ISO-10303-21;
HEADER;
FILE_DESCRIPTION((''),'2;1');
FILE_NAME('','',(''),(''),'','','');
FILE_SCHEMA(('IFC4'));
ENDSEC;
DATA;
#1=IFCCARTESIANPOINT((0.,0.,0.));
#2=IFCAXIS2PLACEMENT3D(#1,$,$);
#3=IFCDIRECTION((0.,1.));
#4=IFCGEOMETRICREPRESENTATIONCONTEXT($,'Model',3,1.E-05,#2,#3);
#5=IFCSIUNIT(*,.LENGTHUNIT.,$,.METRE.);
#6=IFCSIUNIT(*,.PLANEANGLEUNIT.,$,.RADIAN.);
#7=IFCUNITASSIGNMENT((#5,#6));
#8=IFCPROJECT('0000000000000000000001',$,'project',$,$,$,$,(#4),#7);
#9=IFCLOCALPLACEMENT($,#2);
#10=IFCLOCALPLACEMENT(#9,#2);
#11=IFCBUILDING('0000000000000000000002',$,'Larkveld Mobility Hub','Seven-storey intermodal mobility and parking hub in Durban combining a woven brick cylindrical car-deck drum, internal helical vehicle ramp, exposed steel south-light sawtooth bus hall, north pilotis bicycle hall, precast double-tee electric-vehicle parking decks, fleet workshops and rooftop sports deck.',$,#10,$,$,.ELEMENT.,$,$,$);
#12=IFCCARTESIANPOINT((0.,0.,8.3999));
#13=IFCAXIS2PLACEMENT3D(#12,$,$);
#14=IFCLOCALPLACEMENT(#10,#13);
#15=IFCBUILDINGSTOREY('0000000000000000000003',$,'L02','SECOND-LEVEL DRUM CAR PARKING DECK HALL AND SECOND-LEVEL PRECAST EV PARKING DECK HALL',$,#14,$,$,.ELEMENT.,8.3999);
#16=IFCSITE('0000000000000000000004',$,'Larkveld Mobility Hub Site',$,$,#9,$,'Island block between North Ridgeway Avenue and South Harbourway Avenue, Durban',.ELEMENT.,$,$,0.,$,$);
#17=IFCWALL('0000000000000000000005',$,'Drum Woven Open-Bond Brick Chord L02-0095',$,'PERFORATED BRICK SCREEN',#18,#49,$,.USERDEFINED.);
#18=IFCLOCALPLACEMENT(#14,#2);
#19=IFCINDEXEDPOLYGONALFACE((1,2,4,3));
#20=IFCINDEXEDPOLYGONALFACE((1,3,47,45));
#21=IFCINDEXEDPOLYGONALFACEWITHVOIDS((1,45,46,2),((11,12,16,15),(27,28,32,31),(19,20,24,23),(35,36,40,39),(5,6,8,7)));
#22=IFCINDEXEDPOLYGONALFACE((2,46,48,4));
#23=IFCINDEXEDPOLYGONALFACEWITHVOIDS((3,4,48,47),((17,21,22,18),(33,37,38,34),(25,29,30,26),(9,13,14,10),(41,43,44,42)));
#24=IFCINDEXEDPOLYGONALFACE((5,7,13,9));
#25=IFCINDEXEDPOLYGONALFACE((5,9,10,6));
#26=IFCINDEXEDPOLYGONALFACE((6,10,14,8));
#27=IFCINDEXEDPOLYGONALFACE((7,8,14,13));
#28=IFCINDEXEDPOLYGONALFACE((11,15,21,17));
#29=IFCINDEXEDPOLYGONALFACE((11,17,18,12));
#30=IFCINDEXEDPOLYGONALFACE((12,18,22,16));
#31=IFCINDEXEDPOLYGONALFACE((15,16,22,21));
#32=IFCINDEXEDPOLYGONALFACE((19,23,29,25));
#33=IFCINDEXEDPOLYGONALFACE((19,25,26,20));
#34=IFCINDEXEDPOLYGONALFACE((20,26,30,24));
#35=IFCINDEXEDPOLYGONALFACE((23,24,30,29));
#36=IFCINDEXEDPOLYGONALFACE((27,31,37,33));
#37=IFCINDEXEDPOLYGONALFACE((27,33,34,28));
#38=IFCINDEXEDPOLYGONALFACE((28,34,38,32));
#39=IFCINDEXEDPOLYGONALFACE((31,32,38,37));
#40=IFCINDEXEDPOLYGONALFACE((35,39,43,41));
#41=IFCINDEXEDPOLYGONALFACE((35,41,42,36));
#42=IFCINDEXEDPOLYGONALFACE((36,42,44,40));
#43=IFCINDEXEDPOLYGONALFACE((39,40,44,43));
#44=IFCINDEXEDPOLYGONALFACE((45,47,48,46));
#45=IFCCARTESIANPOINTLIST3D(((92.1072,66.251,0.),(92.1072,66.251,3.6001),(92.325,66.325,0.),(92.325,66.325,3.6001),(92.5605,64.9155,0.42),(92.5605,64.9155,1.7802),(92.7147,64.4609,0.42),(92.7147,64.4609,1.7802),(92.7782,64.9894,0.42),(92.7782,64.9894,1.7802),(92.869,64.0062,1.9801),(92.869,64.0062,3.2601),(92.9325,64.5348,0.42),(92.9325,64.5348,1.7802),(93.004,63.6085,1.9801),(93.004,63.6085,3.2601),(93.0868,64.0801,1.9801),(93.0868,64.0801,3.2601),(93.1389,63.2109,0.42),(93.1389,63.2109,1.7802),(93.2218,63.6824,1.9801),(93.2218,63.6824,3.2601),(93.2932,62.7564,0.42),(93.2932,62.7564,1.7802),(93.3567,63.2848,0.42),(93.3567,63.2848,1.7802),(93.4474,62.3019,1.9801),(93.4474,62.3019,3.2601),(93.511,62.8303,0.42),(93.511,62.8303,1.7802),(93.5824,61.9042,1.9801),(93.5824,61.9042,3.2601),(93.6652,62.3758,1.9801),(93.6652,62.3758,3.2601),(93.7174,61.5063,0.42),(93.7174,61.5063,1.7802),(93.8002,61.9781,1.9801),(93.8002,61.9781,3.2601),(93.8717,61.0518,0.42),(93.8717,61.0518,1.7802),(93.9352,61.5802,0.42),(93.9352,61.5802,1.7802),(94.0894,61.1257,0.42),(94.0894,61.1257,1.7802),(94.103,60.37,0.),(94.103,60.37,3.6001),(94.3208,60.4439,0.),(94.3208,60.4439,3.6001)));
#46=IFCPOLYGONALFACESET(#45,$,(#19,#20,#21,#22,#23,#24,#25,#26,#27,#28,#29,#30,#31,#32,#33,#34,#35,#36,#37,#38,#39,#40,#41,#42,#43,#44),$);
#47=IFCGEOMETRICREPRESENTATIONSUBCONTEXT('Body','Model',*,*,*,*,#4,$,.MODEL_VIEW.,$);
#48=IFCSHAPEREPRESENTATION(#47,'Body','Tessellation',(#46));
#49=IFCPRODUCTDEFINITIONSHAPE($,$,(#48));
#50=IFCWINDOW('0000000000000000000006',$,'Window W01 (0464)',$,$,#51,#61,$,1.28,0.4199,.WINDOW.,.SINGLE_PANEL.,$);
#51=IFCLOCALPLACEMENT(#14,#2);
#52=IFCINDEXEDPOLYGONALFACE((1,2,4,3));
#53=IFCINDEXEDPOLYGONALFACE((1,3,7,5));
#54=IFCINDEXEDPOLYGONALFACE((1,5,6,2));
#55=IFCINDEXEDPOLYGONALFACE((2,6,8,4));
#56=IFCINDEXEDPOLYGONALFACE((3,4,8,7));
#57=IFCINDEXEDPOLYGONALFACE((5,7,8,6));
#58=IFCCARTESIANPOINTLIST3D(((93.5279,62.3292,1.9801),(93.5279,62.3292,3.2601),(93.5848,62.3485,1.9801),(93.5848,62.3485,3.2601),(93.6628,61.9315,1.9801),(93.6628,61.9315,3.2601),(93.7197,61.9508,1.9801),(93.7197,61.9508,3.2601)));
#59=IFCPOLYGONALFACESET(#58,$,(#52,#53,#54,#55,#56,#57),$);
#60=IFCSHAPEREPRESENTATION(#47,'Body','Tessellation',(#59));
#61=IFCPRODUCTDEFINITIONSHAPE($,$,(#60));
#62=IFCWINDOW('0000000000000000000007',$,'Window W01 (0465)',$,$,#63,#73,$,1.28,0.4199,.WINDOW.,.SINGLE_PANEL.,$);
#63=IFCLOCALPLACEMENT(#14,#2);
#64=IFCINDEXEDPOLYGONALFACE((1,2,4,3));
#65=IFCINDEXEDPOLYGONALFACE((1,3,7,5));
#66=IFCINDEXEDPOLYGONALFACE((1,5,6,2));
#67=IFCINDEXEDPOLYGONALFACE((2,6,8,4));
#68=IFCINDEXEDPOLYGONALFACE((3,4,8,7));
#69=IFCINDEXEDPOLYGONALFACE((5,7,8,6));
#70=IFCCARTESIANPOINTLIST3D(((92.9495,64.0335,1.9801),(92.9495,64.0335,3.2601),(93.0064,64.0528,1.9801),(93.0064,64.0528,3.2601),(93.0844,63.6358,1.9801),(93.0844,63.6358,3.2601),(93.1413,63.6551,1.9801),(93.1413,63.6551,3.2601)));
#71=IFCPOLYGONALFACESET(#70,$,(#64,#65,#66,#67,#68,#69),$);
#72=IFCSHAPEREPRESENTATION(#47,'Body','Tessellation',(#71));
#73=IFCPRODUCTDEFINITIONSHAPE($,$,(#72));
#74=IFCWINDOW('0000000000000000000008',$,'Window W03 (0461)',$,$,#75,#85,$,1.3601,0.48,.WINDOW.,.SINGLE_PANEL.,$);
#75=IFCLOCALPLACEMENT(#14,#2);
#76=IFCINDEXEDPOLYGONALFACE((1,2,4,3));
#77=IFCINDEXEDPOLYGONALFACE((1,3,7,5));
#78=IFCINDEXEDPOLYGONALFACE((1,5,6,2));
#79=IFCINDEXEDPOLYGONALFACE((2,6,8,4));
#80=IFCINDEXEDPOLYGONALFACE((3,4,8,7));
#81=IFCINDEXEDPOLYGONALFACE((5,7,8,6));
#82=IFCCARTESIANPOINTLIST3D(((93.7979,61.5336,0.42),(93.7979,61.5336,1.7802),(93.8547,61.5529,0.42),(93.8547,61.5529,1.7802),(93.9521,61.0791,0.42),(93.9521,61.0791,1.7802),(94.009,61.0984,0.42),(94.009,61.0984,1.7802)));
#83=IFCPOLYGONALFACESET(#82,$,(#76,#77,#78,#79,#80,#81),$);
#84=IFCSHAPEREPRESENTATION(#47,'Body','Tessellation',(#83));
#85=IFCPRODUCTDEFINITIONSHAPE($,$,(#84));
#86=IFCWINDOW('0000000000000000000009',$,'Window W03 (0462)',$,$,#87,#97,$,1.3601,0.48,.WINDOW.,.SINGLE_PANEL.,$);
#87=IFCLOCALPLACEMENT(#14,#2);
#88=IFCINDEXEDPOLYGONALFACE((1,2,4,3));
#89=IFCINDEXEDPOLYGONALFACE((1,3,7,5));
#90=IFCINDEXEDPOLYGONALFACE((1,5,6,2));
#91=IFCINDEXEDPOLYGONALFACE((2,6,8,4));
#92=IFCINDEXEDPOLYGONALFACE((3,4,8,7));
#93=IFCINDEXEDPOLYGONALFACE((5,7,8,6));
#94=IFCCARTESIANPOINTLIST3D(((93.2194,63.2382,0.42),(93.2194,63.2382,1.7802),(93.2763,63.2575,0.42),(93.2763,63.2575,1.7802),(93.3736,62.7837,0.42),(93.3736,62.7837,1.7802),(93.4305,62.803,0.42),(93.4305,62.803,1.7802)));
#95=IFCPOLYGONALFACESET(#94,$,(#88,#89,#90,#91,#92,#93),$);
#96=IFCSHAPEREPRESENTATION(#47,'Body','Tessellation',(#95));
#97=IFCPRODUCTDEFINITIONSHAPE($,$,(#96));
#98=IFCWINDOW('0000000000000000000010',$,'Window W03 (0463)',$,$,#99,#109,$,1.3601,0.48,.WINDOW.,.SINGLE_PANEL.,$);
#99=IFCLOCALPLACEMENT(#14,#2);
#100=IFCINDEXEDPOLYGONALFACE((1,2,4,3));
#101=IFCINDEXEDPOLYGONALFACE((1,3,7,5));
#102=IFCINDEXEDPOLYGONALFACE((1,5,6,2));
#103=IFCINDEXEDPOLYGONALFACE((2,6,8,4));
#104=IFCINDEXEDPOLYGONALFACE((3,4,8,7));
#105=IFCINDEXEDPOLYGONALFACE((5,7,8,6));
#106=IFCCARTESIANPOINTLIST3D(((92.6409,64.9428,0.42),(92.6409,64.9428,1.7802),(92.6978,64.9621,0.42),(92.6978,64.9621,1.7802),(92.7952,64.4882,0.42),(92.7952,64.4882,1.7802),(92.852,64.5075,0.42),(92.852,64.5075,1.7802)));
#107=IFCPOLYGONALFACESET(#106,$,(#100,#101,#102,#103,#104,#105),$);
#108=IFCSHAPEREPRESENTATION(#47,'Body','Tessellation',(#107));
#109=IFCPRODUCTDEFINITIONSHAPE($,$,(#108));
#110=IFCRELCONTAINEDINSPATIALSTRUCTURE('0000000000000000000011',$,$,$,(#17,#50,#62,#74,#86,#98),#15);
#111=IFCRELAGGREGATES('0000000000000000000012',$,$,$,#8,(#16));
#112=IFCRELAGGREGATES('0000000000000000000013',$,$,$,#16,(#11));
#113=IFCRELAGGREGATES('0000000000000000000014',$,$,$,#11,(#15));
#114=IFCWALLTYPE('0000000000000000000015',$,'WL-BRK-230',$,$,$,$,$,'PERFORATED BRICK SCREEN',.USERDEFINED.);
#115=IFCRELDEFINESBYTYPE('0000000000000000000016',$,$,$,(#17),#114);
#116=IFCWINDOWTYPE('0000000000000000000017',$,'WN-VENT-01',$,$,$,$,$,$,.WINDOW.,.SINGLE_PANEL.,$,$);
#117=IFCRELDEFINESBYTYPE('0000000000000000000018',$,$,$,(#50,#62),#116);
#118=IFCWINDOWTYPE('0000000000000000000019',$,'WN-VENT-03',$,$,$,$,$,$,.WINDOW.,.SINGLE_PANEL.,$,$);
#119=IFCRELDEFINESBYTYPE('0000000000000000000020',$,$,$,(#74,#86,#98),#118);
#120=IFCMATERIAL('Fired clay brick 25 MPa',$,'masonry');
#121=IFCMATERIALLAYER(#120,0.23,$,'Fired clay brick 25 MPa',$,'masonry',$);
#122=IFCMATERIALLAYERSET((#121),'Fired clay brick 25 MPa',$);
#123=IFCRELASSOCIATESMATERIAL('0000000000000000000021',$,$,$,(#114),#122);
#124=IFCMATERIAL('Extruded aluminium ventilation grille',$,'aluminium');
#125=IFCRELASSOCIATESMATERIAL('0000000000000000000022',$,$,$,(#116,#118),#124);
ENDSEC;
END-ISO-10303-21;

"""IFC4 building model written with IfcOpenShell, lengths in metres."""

from ifc_helpers import new_model, si_unit, direction, frame, frame_2d, origin, place, context, subcontext, project, spatial, rectangle, extrude, material, layer, layer_set, type_object, element, fill, save


model = new_model("IFC4")

# Units and contexts
model_context = context("Model", 3, precision=1e-05, world=origin(), true_north=direction((0.0, 1.0)))
body_context = subcontext(model_context, "Body", "Model", "MODEL_VIEW")
ifc_project = project(units=[si_unit("LENGTHUNIT", "METRE"), si_unit("PLANEANGLEUNIT", "RADIAN")], contexts=[model_context])

# Site, building, storey
site_placement = place(None, origin())
site = spatial("IfcSite", under=ifc_project, at=site_placement, Name="Larkveld Mobility Hub Site", LongName="Island block between North Ridgeway Avenue and South Harbourway Avenue, Durban", CompositionType="ELEMENT", RefElevation=0.0)
building_placement = place(site_placement, origin())
building = spatial("IfcBuilding", under=site, at=building_placement, Name="Larkveld Mobility Hub", Description="Seven-storey intermodal mobility and parking hub in Durban combining a woven brick cylindrical car-deck drum, internal helical vehicle ramp, exposed steel south-light sawtooth bus hall, north pilotis bicycle hall, precast double-tee electric-vehicle parking decks, fleet workshops and rooftop sports deck.", CompositionType="ELEMENT")
storey_placement = place(building_placement, frame((0.0, 0.0, 8.3999)))
storey = spatial("IfcBuildingStorey", under=building, at=storey_placement, Name="L02", Description="SECOND-LEVEL DRUM CAR PARKING DECK HALL AND SECOND-LEVEL PRECAST EV PARKING DECK HALL", CompositionType="ELEMENT", Elevation=8.3999)

# Wall, openings, windows
ifc_material_1 = material(Name="Fired clay brick 25 MPa", Category="masonry")
ifc_layer_1 = layer(ifc_material_1, 0.23, Name="Fired clay brick 25 MPa", Category="masonry")
ifc_layer_set_1 = layer_set([ifc_layer_1], Name="Fired clay brick 25 MPa")
wall_type_1 = type_object("IfcWallType", Name="WL-BRK-230", ElementType="PERFORATED BRICK SCREEN", PredefinedType="USERDEFINED", material=ifc_layer_set_1)
wall_1_placement = place(storey_placement, frame((94.2119, 60.407, 0.0), z_axis=(0.0, 0.0, 1.0), x_axis=(-0.321365, 0.946955, 0.0)))
wall_1 = element("IfcWall", 1, at=wall_1_placement, inside=storey, type_object=wall_type_1, Name="Drum Woven Open-Bond Brick Chord L02-0095", ObjectType="PERFORATED BRICK SCREEN", PredefinedType="USERDEFINED", context=body_context, shape_type="SweptSolid", body=[
    extrude(rectangle(XDim=6.2104, YDim=0.23, at=frame_2d((3.1052, 0.0))), origin(), (0.0, 0.0, 1.0), 3.6001),
])
opening_1_placement = place(wall_1_placement, frame((0.72, 0.0, 0.4199)))
opening_1 = element("IfcOpeningElement", 2, at=opening_1_placement, cuts=wall_1, PredefinedType="OPENING", context=body_context, shape_type="SweptSolid", body=[
    extrude(rectangle(XDim=0.48, YDim=1.3601, at=frame_2d((0.24, 0.6802))), frame((0.0, 0.125, 0.0), z_axis=(0.0, -1.0, 0.0), x_axis=(1.0, 0.0, 0.0)), (0.0, 0.0, 1.0), 0.25),
])
opening_2_placement = place(wall_1_placement, frame((2.52, 0.0, 0.4199)))
opening_2 = element("IfcOpeningElement", 3, at=opening_2_placement, cuts=wall_1, PredefinedType="OPENING", context=body_context, shape_type="SweptSolid", body=[
    extrude(rectangle(XDim=0.48, YDim=1.3601, at=frame_2d((0.24, 0.6802))), frame((0.0, 0.125, 0.0), z_axis=(0.0, -1.0, 0.0), x_axis=(1.0, 0.0, 0.0)), (0.0, 0.0, 1.0), 0.25),
])
opening_3_placement = place(wall_1_placement, frame((4.3201, 0.0, 0.4199)))
opening_3 = element("IfcOpeningElement", 4, at=opening_3_placement, cuts=wall_1, PredefinedType="OPENING", context=body_context, shape_type="SweptSolid", body=[
    extrude(rectangle(XDim=0.48, YDim=1.3601, at=frame_2d((0.24, 0.6802))), frame((0.0, 0.125, 0.0), z_axis=(0.0, -1.0, 0.0), x_axis=(1.0, 0.0, 0.0)), (0.0, 0.0, 1.0), 0.25),
])
opening_4_placement = place(wall_1_placement, frame((1.6201, 0.0, 1.98)))
opening_4 = element("IfcOpeningElement", 5, at=opening_4_placement, cuts=wall_1, PredefinedType="OPENING", context=body_context, shape_type="SweptSolid", body=[
    extrude(rectangle(XDim=0.4199, YDim=1.28, at=frame_2d((0.21, 0.6401))), frame((0.0, 0.125, 0.0), z_axis=(0.0, -1.0, 0.0), x_axis=(1.0, 0.0, 0.0)), (0.0, 0.0, 1.0), 0.25),
])
opening_5_placement = place(wall_1_placement, frame((3.4199, 0.0, 1.98)))
opening_5 = element("IfcOpeningElement", 6, at=opening_5_placement, cuts=wall_1, PredefinedType="OPENING", context=body_context, shape_type="SweptSolid", body=[
    extrude(rectangle(XDim=0.4199, YDim=1.28, at=frame_2d((0.21, 0.6401))), frame((0.0, 0.125, 0.0), z_axis=(0.0, -1.0, 0.0), x_axis=(1.0, 0.0, 0.0)), (0.0, 0.0, 1.0), 0.25),
])
ifc_material_2 = material(Name="Extruded aluminium ventilation grille", Category="aluminium")
window_type_1 = type_object("IfcWindowType", Name="WN-VENT-01", PartitioningType="SINGLE_PANEL", PredefinedType="WINDOW", material=ifc_material_2)
window_1_placement = place(opening_4_placement, origin())
window_1 = element("IfcWindow", 7, at=window_1_placement, inside=storey, type_object=window_type_1, Name="Window W01 (0464)", OverallHeight=1.28, OverallWidth=0.4199, PartitioningType="SINGLE_PANEL", PredefinedType="WINDOW", context=body_context, shape_type="SweptSolid", body=[
    extrude(rectangle(XDim=0.4199, YDim=1.28, at=frame_2d((0.21, 0.6401))), frame((0.0, 0.03, 0.0), z_axis=(0.0, -1.0, 0.0), x_axis=(1.0, 0.0, 0.0)), (0.0, 0.0, 1.0), 0.0601),
])
fill(opening_4, window_1)
window_2_placement = place(opening_5_placement, origin())
window_2 = element("IfcWindow", 8, at=window_2_placement, inside=storey, type_object=window_type_1, Name="Window W01 (0465)", OverallHeight=1.28, OverallWidth=0.4199, PartitioningType="SINGLE_PANEL", PredefinedType="WINDOW", context=body_context, shape_type="SweptSolid", body=[
    extrude(rectangle(XDim=0.4199, YDim=1.28, at=frame_2d((0.21, 0.6401))), frame((0.0, 0.03, 0.0), z_axis=(0.0, -1.0, 0.0), x_axis=(1.0, 0.0, 0.0)), (0.0, 0.0, 1.0), 0.0601),
])
fill(opening_5, window_2)
window_type_2 = type_object("IfcWindowType", Name="WN-VENT-03", PartitioningType="SINGLE_PANEL", PredefinedType="WINDOW", material=ifc_material_2)
window_3_placement = place(opening_1_placement, origin())
window_3 = element("IfcWindow", 9, at=window_3_placement, inside=storey, type_object=window_type_2, Name="Window W03 (0461)", OverallHeight=1.3601, OverallWidth=0.48, PartitioningType="SINGLE_PANEL", PredefinedType="WINDOW", context=body_context, shape_type="SweptSolid", body=[
    extrude(rectangle(XDim=0.48, YDim=1.3601, at=frame_2d((0.24, 0.6802))), frame((0.0, 0.03, 0.0), z_axis=(0.0, -1.0, 0.0), x_axis=(1.0, 0.0, 0.0)), (0.0, 0.0, 1.0), 0.0601),
])
fill(opening_1, window_3)
window_4_placement = place(opening_2_placement, origin())
window_4 = element("IfcWindow", 10, at=window_4_placement, inside=storey, type_object=window_type_2, Name="Window W03 (0462)", OverallHeight=1.3601, OverallWidth=0.48, PartitioningType="SINGLE_PANEL", PredefinedType="WINDOW", context=body_context, shape_type="SweptSolid", body=[
    extrude(rectangle(XDim=0.48, YDim=1.3601, at=frame_2d((0.24, 0.6802))), frame((0.0, 0.03, 0.0), z_axis=(0.0, -1.0, 0.0), x_axis=(1.0, 0.0, 0.0)), (0.0, 0.0, 1.0), 0.0601),
])
fill(opening_2, window_4)
window_5_placement = place(opening_3_placement, origin())
window_5 = element("IfcWindow", 11, at=window_5_placement, inside=storey, type_object=window_type_2, Name="Window W03 (0463)", OverallHeight=1.3601, OverallWidth=0.48, PartitioningType="SINGLE_PANEL", PredefinedType="WINDOW", context=body_context, shape_type="SweptSolid", body=[
    extrude(rectangle(XDim=0.48, YDim=1.3601, at=frame_2d((0.24, 0.6802))), frame((0.0, 0.03, 0.0), z_axis=(0.0, -1.0, 0.0), x_axis=(1.0, 0.0, 0.0)), (0.0, 0.0, 1.0), 0.0601),
])
fill(opening_3, window_5)

save(model, "model.ifc")
